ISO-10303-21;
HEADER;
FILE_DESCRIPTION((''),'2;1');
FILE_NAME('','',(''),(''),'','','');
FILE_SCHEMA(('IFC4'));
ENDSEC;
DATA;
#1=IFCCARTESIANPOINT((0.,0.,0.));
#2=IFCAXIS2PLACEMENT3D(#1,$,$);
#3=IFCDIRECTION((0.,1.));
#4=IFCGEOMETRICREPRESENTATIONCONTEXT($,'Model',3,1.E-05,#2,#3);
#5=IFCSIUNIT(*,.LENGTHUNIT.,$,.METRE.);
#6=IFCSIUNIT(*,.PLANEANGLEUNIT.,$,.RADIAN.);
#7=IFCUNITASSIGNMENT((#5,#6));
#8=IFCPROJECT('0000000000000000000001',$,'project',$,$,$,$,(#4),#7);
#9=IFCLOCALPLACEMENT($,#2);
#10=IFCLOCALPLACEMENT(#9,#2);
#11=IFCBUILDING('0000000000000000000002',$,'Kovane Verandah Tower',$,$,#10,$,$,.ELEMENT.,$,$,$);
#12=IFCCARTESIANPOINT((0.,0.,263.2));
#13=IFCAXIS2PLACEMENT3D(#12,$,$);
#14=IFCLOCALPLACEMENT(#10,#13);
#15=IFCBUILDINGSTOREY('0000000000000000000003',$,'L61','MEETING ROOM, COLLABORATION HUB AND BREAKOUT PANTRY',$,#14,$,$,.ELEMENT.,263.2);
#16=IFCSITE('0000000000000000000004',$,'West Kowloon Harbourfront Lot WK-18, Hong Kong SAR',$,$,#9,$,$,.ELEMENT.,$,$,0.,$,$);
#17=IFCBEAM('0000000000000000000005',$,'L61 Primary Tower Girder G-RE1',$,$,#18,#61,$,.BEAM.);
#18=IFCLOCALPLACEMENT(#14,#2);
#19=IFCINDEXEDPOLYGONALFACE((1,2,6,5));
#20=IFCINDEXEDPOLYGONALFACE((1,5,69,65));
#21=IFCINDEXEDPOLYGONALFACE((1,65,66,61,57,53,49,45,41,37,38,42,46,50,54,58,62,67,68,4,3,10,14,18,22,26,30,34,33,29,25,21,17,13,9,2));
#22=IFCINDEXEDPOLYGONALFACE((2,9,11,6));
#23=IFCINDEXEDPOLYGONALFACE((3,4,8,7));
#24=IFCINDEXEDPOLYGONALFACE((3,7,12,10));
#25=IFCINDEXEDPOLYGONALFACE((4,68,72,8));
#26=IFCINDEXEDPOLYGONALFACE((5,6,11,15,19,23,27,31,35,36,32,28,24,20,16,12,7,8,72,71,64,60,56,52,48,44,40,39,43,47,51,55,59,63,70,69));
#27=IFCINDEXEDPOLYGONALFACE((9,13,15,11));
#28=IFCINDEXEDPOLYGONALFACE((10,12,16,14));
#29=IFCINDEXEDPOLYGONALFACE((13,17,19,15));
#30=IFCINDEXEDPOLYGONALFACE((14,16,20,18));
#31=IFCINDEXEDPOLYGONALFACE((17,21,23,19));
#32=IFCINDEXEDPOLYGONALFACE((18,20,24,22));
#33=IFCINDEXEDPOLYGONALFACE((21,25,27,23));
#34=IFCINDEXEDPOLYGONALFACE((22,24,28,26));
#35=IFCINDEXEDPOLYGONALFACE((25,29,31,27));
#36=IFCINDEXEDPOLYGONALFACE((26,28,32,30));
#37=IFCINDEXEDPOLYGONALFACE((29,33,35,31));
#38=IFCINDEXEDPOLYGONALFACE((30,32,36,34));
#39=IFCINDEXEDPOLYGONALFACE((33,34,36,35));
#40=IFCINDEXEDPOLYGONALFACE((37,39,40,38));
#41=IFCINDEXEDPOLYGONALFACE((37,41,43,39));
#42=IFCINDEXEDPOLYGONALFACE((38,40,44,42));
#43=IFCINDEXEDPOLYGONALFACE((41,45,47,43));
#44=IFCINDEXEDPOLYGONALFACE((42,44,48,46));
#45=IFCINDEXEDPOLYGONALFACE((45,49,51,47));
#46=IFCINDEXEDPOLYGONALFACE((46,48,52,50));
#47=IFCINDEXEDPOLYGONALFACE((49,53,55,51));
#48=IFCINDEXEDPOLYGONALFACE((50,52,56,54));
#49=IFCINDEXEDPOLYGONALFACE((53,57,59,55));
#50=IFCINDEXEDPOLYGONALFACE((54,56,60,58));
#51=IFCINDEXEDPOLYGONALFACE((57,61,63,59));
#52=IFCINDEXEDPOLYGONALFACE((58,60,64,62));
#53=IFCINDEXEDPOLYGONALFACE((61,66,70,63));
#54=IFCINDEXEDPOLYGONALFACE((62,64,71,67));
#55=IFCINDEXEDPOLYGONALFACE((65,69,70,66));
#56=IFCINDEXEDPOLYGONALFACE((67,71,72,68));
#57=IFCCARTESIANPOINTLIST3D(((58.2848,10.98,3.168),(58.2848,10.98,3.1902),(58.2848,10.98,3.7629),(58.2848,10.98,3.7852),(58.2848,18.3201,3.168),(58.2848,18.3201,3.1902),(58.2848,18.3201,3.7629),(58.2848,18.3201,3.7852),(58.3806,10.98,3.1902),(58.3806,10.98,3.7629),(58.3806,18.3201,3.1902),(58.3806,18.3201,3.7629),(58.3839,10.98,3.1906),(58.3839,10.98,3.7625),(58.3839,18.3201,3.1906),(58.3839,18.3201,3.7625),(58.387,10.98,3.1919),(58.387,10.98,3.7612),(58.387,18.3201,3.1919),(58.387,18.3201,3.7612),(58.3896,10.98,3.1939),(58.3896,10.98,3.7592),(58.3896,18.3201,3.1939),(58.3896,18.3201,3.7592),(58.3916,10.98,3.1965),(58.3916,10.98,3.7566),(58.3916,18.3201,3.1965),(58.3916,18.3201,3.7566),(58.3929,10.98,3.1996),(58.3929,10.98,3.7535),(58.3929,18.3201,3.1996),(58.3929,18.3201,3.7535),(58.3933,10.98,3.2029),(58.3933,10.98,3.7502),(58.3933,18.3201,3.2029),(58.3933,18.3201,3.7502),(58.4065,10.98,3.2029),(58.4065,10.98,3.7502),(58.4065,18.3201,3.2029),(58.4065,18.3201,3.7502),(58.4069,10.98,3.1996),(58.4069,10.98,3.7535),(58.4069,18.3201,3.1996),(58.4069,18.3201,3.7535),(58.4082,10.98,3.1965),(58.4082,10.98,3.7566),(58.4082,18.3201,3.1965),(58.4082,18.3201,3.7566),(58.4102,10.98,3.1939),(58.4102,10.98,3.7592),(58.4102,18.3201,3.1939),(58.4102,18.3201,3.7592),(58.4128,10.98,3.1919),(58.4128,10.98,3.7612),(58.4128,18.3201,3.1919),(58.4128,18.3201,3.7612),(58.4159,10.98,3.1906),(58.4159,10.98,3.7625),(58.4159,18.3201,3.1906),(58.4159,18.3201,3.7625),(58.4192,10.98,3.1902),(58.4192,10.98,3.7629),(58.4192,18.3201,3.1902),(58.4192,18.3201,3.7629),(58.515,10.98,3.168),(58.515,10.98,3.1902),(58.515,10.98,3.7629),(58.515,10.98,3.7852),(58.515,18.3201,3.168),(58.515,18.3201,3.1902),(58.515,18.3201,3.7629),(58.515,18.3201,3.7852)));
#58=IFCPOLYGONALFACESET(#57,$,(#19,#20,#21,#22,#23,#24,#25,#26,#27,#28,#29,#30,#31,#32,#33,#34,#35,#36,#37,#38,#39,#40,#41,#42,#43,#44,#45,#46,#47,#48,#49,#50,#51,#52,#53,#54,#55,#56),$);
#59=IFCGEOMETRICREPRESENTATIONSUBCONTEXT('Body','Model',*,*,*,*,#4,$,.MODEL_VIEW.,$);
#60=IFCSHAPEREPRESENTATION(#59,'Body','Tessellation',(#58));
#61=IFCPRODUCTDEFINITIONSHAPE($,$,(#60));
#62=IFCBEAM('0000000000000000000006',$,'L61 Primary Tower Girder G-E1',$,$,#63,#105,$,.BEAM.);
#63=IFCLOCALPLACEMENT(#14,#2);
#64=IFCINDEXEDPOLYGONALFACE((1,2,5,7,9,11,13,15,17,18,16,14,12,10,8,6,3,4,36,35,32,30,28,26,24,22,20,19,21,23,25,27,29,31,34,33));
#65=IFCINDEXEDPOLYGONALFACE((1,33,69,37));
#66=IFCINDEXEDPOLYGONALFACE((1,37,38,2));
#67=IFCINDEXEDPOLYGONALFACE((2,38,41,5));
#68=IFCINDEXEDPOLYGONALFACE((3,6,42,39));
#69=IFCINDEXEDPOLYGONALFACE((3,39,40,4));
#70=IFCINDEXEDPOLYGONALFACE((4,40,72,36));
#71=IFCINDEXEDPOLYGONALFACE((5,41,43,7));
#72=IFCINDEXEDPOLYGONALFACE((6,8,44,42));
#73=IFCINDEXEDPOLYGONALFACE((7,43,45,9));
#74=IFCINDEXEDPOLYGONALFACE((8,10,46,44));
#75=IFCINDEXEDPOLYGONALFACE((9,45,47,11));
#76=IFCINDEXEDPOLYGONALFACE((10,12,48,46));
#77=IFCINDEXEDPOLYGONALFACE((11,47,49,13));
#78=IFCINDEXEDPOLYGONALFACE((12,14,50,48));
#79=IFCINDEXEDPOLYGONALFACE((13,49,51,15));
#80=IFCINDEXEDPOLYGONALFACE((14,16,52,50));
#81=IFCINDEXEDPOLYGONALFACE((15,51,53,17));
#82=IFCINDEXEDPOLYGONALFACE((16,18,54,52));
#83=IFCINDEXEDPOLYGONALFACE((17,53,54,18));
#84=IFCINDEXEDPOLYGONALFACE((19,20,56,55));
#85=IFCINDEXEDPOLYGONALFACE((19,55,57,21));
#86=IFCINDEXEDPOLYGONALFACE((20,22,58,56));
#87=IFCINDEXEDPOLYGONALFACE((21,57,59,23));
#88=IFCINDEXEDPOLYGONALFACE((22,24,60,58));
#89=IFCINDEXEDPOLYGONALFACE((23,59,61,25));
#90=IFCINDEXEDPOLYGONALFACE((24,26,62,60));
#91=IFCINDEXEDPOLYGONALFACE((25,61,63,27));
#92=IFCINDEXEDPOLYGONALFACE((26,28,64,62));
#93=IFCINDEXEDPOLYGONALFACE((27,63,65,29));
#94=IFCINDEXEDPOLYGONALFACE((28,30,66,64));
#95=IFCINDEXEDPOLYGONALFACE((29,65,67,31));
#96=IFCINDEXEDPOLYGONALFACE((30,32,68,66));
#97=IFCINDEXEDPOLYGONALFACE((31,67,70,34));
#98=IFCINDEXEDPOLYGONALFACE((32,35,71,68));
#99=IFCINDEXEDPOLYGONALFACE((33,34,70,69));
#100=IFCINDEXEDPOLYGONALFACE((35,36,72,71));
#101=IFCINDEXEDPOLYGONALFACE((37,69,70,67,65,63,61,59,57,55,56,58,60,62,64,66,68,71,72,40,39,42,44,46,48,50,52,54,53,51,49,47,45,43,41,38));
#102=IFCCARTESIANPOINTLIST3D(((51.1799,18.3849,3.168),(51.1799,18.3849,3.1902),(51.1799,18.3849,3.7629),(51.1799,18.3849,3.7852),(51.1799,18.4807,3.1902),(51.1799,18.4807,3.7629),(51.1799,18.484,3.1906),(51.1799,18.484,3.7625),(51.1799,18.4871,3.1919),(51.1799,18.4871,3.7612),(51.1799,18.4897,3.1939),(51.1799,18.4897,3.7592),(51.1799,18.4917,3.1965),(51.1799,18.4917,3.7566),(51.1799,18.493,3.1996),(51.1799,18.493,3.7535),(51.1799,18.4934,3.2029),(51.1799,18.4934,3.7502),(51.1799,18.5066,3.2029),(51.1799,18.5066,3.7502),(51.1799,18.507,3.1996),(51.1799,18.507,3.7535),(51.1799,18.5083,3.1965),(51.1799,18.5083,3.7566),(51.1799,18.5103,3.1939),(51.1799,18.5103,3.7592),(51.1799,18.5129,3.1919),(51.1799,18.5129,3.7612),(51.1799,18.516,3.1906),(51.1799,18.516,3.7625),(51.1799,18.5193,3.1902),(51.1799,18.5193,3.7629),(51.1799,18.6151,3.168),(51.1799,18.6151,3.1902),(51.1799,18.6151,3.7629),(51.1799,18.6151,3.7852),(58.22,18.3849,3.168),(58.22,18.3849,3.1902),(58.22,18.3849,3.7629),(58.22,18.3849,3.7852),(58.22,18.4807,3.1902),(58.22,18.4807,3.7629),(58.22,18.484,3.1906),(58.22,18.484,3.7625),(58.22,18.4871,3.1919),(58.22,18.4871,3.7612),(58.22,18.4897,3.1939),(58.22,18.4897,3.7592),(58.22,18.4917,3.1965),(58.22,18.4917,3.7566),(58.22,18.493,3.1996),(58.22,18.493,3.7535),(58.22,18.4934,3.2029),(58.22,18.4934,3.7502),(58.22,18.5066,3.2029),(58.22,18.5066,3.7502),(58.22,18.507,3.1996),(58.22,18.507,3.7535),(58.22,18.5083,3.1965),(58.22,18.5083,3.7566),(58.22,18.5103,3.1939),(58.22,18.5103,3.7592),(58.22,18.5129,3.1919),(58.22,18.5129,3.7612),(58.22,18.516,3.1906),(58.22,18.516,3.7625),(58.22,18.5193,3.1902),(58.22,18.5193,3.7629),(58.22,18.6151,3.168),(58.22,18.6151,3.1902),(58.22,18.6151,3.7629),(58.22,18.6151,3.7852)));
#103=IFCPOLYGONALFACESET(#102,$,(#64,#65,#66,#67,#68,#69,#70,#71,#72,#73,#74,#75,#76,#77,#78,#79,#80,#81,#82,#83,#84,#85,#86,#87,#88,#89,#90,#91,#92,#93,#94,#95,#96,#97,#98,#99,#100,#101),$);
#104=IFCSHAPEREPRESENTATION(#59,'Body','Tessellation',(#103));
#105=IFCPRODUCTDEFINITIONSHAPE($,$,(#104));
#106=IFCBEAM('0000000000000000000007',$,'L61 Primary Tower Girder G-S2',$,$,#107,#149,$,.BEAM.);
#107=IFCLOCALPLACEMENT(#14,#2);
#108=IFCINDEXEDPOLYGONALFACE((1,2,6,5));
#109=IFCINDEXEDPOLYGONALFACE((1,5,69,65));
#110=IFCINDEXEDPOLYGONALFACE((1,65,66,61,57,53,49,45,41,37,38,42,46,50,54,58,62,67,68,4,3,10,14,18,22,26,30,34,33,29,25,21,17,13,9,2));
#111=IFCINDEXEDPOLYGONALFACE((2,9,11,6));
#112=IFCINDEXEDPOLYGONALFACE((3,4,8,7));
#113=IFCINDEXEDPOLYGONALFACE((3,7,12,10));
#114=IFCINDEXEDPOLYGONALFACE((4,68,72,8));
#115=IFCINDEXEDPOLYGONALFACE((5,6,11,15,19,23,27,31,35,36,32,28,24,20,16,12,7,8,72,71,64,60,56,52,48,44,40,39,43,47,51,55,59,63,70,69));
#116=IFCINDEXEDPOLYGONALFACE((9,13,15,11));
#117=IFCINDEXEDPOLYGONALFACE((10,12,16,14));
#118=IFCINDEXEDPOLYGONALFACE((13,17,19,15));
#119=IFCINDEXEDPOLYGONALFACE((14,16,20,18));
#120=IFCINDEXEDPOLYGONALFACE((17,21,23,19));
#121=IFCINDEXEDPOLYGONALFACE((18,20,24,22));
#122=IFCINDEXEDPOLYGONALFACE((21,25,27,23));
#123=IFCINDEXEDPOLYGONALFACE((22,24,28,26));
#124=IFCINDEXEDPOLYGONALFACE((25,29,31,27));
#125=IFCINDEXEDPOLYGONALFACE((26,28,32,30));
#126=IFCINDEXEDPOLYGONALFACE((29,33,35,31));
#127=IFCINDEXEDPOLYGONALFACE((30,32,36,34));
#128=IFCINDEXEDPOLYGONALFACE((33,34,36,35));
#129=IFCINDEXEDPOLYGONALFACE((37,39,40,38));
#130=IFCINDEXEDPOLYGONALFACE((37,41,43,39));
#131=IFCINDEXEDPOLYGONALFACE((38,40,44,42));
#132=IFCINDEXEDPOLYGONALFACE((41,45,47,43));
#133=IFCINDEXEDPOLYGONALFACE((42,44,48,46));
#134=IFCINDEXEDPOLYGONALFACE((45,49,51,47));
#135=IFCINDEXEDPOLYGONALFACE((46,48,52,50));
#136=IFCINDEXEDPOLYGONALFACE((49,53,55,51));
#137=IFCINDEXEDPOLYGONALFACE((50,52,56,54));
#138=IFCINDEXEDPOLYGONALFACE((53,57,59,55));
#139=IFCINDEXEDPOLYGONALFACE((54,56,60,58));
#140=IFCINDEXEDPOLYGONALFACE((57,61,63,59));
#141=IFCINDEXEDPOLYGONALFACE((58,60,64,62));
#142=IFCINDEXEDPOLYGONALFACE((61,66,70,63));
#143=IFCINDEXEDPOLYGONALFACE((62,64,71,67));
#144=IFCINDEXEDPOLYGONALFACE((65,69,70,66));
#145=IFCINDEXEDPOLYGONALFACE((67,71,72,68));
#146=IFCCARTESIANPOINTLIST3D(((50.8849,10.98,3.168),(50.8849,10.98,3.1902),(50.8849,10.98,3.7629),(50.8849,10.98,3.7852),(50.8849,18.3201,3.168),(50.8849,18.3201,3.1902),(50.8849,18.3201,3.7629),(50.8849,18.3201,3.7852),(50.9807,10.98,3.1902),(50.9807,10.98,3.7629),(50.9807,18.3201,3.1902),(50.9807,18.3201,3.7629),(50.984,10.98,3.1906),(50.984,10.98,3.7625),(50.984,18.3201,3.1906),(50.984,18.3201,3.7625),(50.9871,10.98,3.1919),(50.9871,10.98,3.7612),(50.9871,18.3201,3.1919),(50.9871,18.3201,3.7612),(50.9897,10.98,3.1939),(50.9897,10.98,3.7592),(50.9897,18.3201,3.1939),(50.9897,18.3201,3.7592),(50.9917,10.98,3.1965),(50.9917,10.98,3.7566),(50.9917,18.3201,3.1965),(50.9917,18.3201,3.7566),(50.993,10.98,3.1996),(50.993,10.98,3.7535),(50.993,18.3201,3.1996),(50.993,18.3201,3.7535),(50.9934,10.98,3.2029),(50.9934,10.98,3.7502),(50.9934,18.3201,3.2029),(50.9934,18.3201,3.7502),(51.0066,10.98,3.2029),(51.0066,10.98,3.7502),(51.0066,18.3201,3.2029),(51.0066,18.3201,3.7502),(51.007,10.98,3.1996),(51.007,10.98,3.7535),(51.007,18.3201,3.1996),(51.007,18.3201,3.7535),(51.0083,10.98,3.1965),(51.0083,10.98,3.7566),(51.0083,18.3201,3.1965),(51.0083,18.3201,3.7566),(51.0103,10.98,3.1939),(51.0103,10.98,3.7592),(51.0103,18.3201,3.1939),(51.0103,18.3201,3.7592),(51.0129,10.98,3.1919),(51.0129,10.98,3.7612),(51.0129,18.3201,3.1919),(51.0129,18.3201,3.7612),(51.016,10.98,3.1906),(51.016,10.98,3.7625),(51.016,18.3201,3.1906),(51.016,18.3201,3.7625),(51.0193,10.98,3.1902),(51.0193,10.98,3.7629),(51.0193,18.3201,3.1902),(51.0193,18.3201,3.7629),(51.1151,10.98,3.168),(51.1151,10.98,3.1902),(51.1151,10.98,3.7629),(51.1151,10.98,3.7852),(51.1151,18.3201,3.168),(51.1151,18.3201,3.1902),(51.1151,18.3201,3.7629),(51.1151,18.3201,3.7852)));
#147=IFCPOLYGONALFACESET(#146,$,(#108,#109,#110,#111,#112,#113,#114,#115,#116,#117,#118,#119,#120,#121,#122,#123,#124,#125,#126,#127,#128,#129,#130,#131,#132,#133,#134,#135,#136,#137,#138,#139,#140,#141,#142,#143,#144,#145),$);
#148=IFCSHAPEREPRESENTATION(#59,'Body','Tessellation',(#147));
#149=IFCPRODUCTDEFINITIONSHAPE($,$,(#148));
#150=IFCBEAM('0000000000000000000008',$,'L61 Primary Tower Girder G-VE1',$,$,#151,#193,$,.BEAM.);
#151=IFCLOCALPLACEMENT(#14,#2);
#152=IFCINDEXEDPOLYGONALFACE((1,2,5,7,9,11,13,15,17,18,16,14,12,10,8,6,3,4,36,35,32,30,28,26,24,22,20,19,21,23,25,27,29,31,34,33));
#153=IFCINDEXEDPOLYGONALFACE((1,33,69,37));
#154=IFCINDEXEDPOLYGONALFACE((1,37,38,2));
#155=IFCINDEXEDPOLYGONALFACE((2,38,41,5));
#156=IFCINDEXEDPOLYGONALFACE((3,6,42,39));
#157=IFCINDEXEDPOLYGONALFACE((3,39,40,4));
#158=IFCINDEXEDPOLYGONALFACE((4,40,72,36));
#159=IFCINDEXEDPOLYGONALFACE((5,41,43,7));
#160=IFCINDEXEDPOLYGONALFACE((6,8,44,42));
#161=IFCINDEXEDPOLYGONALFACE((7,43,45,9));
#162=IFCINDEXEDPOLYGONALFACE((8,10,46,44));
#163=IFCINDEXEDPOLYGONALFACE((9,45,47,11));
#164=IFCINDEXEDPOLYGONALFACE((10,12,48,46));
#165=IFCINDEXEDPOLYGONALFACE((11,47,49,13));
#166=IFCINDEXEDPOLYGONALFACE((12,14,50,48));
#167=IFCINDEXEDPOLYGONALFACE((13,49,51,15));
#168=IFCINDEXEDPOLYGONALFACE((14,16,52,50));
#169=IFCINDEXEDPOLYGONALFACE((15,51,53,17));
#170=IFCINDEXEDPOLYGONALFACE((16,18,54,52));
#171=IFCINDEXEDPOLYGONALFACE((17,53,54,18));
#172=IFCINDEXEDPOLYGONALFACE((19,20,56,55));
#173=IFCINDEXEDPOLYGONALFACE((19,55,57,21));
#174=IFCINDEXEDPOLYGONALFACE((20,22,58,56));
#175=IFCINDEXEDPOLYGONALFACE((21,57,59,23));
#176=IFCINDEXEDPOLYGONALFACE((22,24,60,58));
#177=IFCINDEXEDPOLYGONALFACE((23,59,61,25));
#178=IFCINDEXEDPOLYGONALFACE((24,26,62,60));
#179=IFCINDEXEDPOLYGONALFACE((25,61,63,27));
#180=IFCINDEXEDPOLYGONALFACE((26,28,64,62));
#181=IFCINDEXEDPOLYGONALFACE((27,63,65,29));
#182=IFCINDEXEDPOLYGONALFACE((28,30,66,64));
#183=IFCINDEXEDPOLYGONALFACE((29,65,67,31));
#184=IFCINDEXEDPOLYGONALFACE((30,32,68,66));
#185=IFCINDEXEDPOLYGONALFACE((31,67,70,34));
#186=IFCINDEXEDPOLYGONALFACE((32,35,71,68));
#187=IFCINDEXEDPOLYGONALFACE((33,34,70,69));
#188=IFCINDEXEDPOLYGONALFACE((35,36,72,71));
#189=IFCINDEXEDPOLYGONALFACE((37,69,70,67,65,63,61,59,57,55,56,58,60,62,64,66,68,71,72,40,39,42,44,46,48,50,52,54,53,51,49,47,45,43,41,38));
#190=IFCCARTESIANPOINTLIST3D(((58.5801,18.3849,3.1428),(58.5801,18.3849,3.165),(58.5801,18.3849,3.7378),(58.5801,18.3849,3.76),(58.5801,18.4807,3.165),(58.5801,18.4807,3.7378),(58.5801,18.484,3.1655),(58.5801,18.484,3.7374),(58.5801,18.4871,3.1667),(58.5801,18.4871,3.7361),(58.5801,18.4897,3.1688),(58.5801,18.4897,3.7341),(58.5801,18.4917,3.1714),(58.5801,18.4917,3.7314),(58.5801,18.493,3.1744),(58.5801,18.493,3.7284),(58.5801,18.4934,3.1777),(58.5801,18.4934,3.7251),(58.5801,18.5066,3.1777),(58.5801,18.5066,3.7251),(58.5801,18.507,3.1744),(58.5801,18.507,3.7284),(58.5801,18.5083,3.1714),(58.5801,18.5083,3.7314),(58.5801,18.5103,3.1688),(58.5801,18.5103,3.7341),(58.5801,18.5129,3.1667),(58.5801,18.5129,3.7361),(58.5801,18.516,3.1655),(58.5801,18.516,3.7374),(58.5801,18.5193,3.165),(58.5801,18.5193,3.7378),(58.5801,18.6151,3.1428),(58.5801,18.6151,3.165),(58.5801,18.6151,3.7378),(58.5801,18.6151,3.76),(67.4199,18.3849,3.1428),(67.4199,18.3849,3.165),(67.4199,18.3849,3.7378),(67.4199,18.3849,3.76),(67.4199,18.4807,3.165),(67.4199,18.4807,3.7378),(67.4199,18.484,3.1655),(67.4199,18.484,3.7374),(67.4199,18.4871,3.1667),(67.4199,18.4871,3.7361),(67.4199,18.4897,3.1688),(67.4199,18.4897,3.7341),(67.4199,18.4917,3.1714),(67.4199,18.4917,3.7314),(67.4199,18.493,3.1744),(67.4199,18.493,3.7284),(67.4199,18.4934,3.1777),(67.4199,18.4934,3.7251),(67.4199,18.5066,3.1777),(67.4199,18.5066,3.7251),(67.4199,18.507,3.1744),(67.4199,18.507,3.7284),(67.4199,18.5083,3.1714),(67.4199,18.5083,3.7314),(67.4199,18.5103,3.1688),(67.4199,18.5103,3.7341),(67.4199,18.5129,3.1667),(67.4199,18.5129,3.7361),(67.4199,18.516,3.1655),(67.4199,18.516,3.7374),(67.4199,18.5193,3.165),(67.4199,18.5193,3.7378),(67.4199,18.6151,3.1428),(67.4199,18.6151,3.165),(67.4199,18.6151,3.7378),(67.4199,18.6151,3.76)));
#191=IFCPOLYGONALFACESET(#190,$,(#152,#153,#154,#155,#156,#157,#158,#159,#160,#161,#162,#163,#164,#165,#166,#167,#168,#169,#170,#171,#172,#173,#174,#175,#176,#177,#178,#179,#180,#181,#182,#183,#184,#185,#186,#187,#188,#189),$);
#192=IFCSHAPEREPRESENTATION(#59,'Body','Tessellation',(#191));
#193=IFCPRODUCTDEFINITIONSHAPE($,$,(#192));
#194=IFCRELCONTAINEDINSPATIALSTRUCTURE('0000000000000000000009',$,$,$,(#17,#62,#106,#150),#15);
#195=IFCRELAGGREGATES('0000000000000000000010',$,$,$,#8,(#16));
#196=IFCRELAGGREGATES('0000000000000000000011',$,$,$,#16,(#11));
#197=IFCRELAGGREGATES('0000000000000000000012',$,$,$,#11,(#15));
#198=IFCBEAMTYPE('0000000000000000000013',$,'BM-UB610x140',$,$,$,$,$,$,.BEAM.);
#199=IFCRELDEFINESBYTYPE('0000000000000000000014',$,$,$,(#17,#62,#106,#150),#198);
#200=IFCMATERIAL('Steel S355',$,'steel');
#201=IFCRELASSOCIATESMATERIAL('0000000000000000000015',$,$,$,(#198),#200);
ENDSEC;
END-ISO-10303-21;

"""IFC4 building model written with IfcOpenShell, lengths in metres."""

from ifc_helpers import new_model, si_unit, direction, frame, origin, origin_2d, place, context, subcontext, project, spatial, i_section, extrude, material, material_profile, profile_set, type_object, element, save


model = new_model("IFC4")

# Units and contexts
model_context = context("Model", 3, precision=1e-05, world=origin(), true_north=direction((0.0, 1.0)))
body_context = subcontext(model_context, "Body", "Model", "MODEL_VIEW")
ifc_project = project(units=[si_unit("LENGTHUNIT", "METRE"), si_unit("PLANEANGLEUNIT", "RADIAN")], contexts=[model_context])

# Site, building, storey
site_placement = place(None, origin())
site = spatial("IfcSite", under=ifc_project, at=site_placement, Name="West Kowloon Harbourfront Lot WK-18, Hong Kong SAR", CompositionType="ELEMENT", RefElevation=0.0)
building_placement = place(site_placement, origin())
building = spatial("IfcBuilding", under=site, at=building_placement, Name="Kovane Verandah Tower", CompositionType="ELEMENT")
storey_placement = place(building_placement, frame((0.0, 0.0, 263.2)))
storey = spatial("IfcBuildingStorey", under=building, at=storey_placement, Name="L61", Description="MEETING ROOM, COLLABORATION HUB AND BREAKOUT PANTRY", CompositionType="ELEMENT", Elevation=263.2)

# Beams
ifc_material_1 = material(Name="Steel S355", Category="steel")
ifc_material_profile_1 = material_profile(ifc_material_1, i_section(OverallWidth=0.2302, OverallDepth=0.6172, WebThickness=0.0132, FlangeThickness=0.0222, FilletRadius=0.0127, at=origin_2d()), Name="UB610x229x140")
ifc_profile_set_1 = profile_set([ifc_material_profile_1], Name="Steel S355")
beam_type_1 = type_object("IfcBeamType", Name="BM-UB610x140", PredefinedType="BEAM", material=ifc_profile_set_1)
beam_1_placement = place(storey_placement, frame((58.3999, 10.98, 3.4766), z_axis=(0.0, 1.0, 0.0), x_axis=(-1.0, 0.0, 0.0)))
element("IfcBeam", 1, at=beam_1_placement, inside=storey, type_object=beam_type_1, Name="L61 Primary Tower Girder G-RE1", PredefinedType="BEAM", context=body_context, shape_type="SweptSolid", body=[
    extrude(i_section(OverallWidth=0.2302, OverallDepth=0.6172, WebThickness=0.0132, FlangeThickness=0.0222, FilletRadius=0.0127, at=origin_2d()), origin(), (0.0, 0.0, 1.0), 7.3401),
])
beam_2_placement = place(storey_placement, frame((51.1799, 18.5, 3.4766), z_axis=(1.0, 0.0, 0.0), x_axis=(0.0, 1.0, 0.0)))
element("IfcBeam", 2, at=beam_2_placement, inside=storey, type_object=beam_type_1, Name="L61 Primary Tower Girder G-E1", PredefinedType="BEAM", context=body_context, shape_type="SweptSolid", body=[
    extrude(i_section(OverallWidth=0.2302, OverallDepth=0.6172, WebThickness=0.0132, FlangeThickness=0.0222, FilletRadius=0.0127, at=origin_2d()), origin(), (0.0, 0.0, 1.0), 7.04),
])
beam_3_placement = place(storey_placement, frame((51.0, 18.3201, 3.4766), z_axis=(0.0, -1.0, 0.0), x_axis=(1.0, 0.0, 0.0)))
element("IfcBeam", 3, at=beam_3_placement, inside=storey, type_object=beam_type_1, Name="L61 Primary Tower Girder G-S2", PredefinedType="BEAM", context=body_context, shape_type="SweptSolid", body=[
    extrude(i_section(OverallWidth=0.2302, OverallDepth=0.6172, WebThickness=0.0132, FlangeThickness=0.0222, FilletRadius=0.0127, at=origin_2d()), origin(), (0.0, 0.0, 1.0), 7.3401),
])
beam_4_placement = place(storey_placement, frame((58.5801, 18.5, 3.4514), z_axis=(1.0, 0.0, 0.0), x_axis=(0.0, 1.0, 0.0)))
element("IfcBeam", 4, at=beam_4_placement, inside=storey, type_object=beam_type_1, Name="L61 Primary Tower Girder G-VE1", PredefinedType="BEAM", context=body_context, shape_type="SweptSolid", body=[
    extrude(i_section(OverallWidth=0.2302, OverallDepth=0.6172, WebThickness=0.0132, FlangeThickness=0.0222, FilletRadius=0.0127, at=origin_2d()), origin(), (0.0, 0.0, 1.0), 8.8398),
])

save(model, "model.ifc")
